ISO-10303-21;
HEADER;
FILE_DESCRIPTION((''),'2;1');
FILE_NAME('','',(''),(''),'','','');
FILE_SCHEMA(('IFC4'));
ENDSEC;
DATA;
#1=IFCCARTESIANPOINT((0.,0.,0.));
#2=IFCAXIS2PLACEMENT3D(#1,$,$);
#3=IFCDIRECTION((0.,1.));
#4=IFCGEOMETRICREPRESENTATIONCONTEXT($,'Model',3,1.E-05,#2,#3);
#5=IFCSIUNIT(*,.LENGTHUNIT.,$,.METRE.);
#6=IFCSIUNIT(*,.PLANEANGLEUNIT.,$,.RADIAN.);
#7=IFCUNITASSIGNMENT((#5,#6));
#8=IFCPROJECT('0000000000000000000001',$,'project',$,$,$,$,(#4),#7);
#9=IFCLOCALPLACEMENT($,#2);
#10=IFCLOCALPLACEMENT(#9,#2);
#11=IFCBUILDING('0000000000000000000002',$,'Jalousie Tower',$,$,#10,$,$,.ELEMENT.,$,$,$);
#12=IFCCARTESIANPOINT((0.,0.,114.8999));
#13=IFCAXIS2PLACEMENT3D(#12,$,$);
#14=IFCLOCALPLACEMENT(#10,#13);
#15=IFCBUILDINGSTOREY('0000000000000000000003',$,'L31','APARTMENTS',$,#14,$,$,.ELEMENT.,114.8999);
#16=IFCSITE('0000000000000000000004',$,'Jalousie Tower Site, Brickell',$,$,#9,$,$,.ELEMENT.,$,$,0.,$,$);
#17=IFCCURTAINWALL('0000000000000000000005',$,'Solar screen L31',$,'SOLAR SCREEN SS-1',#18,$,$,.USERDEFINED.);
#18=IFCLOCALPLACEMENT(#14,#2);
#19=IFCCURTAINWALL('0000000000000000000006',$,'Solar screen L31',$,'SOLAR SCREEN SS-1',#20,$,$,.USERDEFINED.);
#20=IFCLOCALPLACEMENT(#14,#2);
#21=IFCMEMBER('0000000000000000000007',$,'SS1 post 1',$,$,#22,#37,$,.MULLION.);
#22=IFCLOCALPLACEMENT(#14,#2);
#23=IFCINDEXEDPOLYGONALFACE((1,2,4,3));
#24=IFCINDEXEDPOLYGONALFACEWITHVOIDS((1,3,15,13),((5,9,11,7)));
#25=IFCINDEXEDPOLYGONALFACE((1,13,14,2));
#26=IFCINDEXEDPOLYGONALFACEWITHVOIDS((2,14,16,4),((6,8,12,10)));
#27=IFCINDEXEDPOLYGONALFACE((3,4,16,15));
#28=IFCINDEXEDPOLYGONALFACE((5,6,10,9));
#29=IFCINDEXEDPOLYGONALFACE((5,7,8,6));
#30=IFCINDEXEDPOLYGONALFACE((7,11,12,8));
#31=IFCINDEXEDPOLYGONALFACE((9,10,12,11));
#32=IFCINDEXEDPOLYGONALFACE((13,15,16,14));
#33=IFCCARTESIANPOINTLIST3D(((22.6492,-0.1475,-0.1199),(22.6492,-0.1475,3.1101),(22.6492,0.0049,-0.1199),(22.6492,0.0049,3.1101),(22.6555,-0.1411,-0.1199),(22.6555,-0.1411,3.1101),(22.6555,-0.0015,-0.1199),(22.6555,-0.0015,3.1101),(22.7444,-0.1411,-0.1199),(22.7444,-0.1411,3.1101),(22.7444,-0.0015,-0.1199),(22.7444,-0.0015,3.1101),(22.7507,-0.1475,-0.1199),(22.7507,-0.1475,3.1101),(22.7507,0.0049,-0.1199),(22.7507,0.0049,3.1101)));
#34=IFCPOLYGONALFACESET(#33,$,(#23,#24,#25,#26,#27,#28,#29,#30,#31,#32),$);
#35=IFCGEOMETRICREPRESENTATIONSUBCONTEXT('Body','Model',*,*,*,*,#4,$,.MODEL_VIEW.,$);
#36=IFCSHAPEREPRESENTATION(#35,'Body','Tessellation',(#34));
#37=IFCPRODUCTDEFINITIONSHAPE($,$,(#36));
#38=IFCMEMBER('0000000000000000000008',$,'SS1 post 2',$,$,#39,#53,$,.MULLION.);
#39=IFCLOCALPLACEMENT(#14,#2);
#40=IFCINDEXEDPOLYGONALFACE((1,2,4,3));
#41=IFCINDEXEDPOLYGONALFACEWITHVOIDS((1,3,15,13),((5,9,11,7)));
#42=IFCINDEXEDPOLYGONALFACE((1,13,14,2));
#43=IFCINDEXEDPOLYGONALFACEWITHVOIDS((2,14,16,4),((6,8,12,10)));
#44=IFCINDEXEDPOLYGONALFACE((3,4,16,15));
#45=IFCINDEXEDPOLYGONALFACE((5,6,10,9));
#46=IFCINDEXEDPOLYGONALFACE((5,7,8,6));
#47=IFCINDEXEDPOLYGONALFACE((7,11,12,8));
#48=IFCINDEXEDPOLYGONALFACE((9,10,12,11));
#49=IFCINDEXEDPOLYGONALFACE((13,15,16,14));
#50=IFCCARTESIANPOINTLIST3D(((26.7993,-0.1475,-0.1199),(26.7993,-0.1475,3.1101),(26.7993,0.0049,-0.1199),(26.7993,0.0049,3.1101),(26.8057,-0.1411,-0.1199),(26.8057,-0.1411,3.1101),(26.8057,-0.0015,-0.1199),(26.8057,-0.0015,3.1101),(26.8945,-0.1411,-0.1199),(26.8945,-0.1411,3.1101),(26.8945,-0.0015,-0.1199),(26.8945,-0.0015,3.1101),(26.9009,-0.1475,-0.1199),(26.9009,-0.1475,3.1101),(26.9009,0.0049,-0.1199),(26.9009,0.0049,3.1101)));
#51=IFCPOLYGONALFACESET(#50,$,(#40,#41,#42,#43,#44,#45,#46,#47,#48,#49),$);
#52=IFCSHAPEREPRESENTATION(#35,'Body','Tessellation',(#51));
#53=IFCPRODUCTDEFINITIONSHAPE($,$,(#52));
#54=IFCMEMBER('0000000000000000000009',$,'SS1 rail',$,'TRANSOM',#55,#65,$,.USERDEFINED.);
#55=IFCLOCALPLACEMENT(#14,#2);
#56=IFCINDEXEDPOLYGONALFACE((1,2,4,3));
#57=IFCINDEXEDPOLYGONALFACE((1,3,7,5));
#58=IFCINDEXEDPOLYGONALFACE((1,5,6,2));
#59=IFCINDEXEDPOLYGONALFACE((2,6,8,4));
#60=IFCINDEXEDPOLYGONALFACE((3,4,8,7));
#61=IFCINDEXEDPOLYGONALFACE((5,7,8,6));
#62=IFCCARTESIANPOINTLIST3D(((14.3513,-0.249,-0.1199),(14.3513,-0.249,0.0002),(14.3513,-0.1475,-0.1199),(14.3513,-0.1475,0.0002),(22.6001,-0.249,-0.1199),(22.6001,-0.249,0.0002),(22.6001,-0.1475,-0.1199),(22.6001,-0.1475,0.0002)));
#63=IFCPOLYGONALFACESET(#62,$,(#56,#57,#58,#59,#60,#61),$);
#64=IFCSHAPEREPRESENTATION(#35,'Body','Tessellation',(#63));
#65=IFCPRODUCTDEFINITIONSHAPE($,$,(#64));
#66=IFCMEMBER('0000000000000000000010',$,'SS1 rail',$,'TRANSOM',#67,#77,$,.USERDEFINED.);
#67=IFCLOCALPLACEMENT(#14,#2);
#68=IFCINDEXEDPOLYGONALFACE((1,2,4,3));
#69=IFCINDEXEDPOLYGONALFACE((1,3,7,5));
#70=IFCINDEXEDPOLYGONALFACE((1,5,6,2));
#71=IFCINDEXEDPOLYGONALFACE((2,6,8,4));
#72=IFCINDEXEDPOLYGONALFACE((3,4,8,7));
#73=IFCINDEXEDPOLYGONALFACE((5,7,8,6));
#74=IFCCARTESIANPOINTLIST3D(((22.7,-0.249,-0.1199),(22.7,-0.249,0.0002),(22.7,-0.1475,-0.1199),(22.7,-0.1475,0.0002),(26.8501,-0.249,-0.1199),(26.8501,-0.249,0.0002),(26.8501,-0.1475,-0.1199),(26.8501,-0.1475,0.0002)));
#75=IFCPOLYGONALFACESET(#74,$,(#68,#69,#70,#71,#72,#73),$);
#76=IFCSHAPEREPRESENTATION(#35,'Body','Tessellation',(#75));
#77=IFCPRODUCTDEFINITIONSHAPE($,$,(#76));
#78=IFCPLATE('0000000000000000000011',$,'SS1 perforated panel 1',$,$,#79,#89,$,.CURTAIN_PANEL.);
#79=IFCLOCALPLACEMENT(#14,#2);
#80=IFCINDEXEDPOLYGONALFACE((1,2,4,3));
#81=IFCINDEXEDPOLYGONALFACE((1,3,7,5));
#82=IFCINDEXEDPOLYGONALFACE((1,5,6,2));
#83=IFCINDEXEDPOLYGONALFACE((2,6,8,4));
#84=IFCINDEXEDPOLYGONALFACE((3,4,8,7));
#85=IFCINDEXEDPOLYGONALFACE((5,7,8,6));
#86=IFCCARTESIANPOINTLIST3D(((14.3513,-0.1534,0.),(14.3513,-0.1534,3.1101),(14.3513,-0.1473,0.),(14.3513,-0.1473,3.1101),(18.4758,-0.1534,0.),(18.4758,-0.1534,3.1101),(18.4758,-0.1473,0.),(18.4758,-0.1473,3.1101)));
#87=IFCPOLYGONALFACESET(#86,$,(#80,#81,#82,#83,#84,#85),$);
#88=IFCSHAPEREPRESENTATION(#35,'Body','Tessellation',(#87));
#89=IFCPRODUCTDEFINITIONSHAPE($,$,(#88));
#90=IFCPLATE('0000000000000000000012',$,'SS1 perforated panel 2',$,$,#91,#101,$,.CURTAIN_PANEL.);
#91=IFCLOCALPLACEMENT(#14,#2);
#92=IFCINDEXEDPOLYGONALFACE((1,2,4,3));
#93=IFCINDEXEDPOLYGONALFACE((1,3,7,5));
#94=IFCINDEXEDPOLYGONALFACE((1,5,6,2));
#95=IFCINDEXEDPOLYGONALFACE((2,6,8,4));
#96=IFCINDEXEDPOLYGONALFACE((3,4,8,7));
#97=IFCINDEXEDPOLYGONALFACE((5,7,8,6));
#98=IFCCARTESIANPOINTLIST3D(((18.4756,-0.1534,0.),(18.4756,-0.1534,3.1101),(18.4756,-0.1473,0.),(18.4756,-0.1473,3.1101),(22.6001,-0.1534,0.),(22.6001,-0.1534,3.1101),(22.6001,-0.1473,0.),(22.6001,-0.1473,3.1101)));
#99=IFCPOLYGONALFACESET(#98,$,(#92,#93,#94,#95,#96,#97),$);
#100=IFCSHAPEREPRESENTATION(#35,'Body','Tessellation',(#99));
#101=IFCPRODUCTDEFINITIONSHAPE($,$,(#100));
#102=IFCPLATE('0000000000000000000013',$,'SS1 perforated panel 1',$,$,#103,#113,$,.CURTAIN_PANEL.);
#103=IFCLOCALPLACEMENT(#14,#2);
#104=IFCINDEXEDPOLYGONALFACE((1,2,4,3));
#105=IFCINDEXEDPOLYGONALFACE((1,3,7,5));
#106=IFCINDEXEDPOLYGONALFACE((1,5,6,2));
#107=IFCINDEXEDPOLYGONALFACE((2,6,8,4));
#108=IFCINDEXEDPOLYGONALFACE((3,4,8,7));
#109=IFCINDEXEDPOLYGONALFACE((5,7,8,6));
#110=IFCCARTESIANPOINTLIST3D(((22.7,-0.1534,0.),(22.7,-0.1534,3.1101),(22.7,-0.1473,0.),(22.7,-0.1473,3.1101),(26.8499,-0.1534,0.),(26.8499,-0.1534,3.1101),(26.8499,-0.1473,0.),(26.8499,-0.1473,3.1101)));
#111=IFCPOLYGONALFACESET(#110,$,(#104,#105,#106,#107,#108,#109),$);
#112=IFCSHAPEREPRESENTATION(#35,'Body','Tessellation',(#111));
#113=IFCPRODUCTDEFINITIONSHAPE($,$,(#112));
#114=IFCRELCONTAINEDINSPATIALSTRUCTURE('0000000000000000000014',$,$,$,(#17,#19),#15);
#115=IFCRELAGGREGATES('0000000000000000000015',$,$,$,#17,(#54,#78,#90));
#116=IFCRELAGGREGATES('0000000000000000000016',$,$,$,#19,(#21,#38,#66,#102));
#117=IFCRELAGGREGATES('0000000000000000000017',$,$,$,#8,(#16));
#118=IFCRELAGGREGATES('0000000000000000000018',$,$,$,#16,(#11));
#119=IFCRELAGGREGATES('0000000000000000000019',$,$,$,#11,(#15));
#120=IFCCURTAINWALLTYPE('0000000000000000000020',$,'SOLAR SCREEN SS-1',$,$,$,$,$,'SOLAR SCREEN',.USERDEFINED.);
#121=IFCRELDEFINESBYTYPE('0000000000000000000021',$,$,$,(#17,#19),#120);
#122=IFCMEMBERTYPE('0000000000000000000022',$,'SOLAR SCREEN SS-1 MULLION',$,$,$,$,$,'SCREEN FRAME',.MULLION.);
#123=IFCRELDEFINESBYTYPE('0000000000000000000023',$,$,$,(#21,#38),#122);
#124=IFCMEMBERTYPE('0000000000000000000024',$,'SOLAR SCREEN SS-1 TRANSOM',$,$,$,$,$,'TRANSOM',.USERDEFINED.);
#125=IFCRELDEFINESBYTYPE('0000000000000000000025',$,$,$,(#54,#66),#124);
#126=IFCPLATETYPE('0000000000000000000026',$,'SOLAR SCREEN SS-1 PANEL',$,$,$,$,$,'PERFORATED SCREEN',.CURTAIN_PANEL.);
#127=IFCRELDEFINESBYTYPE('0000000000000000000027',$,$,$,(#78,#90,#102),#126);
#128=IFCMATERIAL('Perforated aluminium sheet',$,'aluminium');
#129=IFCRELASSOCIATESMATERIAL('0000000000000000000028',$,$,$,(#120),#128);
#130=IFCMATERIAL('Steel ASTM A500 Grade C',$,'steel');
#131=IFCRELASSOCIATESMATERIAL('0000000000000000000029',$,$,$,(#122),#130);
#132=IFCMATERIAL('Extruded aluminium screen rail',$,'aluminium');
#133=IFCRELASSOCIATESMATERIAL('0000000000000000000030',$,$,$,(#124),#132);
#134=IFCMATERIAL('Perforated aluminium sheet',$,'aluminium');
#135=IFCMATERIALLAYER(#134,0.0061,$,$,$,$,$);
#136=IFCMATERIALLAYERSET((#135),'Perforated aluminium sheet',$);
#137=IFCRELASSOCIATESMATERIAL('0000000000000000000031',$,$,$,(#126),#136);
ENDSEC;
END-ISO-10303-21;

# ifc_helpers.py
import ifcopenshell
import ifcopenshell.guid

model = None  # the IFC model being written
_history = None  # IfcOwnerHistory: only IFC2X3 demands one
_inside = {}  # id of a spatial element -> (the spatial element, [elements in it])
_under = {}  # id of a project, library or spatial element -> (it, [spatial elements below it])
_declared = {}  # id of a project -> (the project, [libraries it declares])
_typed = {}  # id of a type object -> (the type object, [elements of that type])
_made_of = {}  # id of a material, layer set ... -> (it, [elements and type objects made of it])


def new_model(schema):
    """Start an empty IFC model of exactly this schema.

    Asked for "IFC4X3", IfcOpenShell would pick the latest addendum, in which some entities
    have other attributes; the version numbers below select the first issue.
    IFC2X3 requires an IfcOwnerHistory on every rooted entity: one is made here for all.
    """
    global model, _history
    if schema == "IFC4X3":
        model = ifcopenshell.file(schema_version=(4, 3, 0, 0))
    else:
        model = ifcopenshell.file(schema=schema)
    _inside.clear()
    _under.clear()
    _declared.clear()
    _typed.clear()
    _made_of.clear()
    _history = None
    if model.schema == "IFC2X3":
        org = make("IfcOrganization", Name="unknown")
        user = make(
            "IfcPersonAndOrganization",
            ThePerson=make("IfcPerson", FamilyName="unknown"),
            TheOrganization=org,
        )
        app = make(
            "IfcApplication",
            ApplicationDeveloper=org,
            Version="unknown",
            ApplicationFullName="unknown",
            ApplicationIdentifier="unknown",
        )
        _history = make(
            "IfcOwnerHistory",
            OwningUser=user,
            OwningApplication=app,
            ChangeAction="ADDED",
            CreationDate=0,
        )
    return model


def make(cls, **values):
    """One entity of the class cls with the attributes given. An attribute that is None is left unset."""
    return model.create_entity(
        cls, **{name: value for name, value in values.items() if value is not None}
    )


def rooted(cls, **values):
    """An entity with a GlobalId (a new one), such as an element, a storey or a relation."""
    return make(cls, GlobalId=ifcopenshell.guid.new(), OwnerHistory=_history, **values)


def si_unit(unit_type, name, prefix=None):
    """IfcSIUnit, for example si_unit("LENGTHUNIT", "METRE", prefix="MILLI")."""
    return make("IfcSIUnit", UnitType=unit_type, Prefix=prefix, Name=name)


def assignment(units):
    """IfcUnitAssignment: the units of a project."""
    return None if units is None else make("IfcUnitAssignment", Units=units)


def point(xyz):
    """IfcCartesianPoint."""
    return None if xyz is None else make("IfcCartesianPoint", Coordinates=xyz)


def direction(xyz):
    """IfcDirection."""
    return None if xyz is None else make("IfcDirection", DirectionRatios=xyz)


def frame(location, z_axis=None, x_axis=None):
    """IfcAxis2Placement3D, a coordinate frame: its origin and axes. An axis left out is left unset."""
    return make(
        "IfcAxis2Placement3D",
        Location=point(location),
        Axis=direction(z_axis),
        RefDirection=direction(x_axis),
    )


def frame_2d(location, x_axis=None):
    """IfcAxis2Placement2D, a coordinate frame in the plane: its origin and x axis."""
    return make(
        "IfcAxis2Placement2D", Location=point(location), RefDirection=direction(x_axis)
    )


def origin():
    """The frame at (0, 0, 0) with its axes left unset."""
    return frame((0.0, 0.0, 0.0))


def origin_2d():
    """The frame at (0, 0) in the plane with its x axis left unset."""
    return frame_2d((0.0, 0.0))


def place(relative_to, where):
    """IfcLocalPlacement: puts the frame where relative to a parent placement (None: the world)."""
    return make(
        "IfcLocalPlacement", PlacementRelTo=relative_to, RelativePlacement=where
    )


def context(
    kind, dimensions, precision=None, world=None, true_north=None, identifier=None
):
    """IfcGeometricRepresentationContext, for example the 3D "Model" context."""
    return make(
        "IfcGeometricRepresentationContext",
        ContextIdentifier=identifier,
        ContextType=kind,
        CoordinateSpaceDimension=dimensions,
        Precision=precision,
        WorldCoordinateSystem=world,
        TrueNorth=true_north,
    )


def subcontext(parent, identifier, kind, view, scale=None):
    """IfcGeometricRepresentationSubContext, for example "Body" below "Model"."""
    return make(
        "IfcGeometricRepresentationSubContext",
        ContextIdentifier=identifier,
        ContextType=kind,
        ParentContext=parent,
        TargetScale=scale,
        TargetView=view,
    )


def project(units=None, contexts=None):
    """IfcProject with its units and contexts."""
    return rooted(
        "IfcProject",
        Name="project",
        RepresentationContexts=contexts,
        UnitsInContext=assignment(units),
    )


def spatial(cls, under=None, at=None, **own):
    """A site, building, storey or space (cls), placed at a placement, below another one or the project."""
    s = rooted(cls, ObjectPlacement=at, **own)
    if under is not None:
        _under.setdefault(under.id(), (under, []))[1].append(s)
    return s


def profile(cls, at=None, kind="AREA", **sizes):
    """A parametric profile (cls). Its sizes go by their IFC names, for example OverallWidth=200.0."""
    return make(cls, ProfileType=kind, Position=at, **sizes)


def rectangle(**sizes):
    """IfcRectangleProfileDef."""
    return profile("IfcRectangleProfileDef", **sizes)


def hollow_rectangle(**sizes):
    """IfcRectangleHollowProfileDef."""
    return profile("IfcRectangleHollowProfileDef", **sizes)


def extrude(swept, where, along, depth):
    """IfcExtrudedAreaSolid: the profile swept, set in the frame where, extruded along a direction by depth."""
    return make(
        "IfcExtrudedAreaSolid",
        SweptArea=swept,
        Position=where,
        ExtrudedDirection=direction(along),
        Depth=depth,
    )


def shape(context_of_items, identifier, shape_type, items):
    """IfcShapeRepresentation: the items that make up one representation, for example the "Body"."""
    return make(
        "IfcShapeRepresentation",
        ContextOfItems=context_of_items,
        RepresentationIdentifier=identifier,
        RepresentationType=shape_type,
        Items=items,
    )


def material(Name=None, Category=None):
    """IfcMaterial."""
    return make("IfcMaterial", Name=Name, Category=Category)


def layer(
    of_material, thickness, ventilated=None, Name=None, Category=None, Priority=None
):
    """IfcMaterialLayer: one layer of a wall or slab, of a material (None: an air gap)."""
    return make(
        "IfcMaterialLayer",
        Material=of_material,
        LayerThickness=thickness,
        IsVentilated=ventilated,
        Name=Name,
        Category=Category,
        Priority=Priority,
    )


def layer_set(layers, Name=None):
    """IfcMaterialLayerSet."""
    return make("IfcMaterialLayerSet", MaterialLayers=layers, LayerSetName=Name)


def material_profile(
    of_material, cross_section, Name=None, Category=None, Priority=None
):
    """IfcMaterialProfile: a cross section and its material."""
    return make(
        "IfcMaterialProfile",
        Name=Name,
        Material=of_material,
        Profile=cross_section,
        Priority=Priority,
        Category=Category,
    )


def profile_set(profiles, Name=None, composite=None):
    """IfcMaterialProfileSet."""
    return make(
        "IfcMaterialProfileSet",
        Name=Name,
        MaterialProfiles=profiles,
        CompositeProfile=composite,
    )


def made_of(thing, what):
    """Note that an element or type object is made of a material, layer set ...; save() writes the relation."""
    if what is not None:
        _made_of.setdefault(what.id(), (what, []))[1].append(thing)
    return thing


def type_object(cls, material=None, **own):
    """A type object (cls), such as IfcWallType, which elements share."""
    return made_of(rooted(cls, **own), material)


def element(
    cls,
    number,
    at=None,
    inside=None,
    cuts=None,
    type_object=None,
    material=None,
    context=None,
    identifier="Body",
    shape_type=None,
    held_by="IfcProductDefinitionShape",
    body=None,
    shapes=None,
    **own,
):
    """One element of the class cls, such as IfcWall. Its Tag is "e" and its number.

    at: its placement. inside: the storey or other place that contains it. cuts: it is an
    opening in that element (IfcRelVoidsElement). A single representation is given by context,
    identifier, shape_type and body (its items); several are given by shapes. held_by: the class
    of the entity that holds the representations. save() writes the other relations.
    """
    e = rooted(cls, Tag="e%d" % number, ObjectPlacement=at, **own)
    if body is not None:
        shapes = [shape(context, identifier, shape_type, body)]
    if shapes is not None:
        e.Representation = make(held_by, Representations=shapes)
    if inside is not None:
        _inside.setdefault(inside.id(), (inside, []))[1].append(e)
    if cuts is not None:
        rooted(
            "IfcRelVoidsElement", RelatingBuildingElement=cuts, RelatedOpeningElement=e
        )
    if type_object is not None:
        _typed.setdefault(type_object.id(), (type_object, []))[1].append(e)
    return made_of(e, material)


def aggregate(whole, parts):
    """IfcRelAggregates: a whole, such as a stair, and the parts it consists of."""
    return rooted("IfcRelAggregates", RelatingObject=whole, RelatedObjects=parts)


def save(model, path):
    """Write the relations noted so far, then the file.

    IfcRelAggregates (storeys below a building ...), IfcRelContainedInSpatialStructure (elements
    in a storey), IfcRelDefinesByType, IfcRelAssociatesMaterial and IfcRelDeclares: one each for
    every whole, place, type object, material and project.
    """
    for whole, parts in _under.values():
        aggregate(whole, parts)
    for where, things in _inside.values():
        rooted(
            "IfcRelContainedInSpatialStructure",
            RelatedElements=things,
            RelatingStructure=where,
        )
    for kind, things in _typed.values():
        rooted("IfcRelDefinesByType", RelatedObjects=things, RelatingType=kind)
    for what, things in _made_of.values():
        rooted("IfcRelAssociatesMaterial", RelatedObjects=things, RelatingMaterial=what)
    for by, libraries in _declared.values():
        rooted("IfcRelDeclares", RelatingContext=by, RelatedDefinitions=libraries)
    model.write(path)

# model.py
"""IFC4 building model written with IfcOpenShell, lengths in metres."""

from ifc_helpers import new_model, si_unit, direction, frame, origin, origin_2d, place, context, subcontext, project, spatial, rectangle, hollow_rectangle, extrude, material, layer, layer_set, material_profile, profile_set, type_object, element, aggregate, save


model = new_model("IFC4")

# Units and contexts
model_context = context("Model", 3, precision=1e-05, world=origin(), true_north=direction((0.0, 1.0)))
body_context = subcontext(model_context, "Body", "Model", "MODEL_VIEW")
ifc_project = project(units=[si_unit("LENGTHUNIT", "METRE"), si_unit("PLANEANGLEUNIT", "RADIAN")], contexts=[model_context])

# Site, building, storey
site_placement = place(None, origin())
site = spatial("IfcSite", under=ifc_project, at=site_placement, Name="Jalousie Tower Site, Brickell", CompositionType="ELEMENT", RefElevation=0.0)
building_placement = place(site_placement, origin())
building = spatial("IfcBuilding", under=site, at=building_placement, Name="Jalousie Tower", CompositionType="ELEMENT")
storey_placement = place(building_placement, frame((0.0, 0.0, 114.8999)))
storey = spatial("IfcBuildingStorey", under=building, at=storey_placement, Name="L31", Description="APARTMENTS", CompositionType="ELEMENT", Elevation=114.8999)

# Curtain walls, members
ifc_material_1 = material(Name="Perforated aluminium sheet", Category="aluminium")
curtain_wall_type = type_object("IfcCurtainWallType", Name="SOLAR SCREEN SS-1", ElementType="SOLAR SCREEN", PredefinedType="USERDEFINED", material=ifc_material_1)
curtain_wall_1_placement = place(storey_placement, origin())
curtain_wall_1 = element("IfcCurtainWall", 1, at=curtain_wall_1_placement, inside=storey, type_object=curtain_wall_type, Name="Solar screen L31", ObjectType="SOLAR SCREEN SS-1", PredefinedType="USERDEFINED")
ifc_material_2 = material(Name="Steel ASTM A500 Grade C", Category="steel")
ifc_material_profile_1 = material_profile(ifc_material_2, hollow_rectangle(XDim=0.1016, YDim=0.1523, WallThickness=0.0063, at=origin_2d()), Name="HSS6X4X1/4")
ifc_profile_set_1 = profile_set([ifc_material_profile_1], Name="Steel ASTM A500 Grade C")
member_type_1 = type_object("IfcMemberType", Name="SOLAR SCREEN SS-1 MULLION", ElementType="SCREEN FRAME", PredefinedType="MULLION", material=ifc_profile_set_1)
curtain_wall_2_placement = place(storey_placement, origin())
curtain_wall_2 = element("IfcCurtainWall", 2, at=curtain_wall_2_placement, inside=storey, type_object=curtain_wall_type, Name="Solar screen L31", ObjectType="SOLAR SCREEN SS-1", PredefinedType="USERDEFINED")
member_1_placement = place(storey_placement, frame((22.7, -0.0713, -0.1199), z_axis=(0.0, 0.0, 1.0), x_axis=(1.0, 0.0, 0.0)))
member_1 = element("IfcMember", 3, at=member_1_placement, type_object=member_type_1, Name="SS1 post 1", PredefinedType="MULLION", context=body_context, shape_type="SweptSolid", body=[
    extrude(hollow_rectangle(XDim=0.1016, YDim=0.1523, WallThickness=0.0063, at=origin_2d()), origin(), (0.0, 0.0, 1.0), 3.23),
])
member_2_placement = place(storey_placement, frame((26.8501, -0.0713, -0.1199), z_axis=(0.0, 0.0, 1.0), x_axis=(1.0, 0.0, 0.0)))
member_2 = element("IfcMember", 4, at=member_2_placement, type_object=member_type_1, Name="SS1 post 2", PredefinedType="MULLION", context=body_context, shape_type="SweptSolid", body=[
    extrude(hollow_rectangle(XDim=0.1016, YDim=0.1523, WallThickness=0.0063, at=origin_2d()), origin(), (0.0, 0.0, 1.0), 3.23),
])

# Members
ifc_material_3 = material(Name="Extruded aluminium screen rail", Category="aluminium")
ifc_material_profile_2 = material_profile(ifc_material_3, rectangle(XDim=0.1016, YDim=0.1201, at=origin_2d()), Name="RAIL 102x120")
ifc_profile_set_2 = profile_set([ifc_material_profile_2], Name="Extruded aluminium screen rail")
member_type_2 = type_object("IfcMemberType", Name="SOLAR SCREEN SS-1 TRANSOM", ElementType="TRANSOM", PredefinedType="USERDEFINED", material=ifc_profile_set_2)
member_3_placement = place(storey_placement, frame((14.3513, -0.1982, -0.0598), z_axis=(1.0, 0.0, 0.0), x_axis=(0.0, 1.0, 0.0)))
member_3 = element("IfcMember", 5, at=member_3_placement, type_object=member_type_2, Name="SS1 rail", ObjectType="TRANSOM", PredefinedType="USERDEFINED", context=body_context, shape_type="SweptSolid", body=[
    extrude(rectangle(XDim=0.1016, YDim=0.1201, at=origin_2d()), origin(), (0.0, 0.0, 1.0), 8.2488),
])
member_4_placement = place(storey_placement, frame((22.7, -0.1982, -0.0598), z_axis=(1.0, 0.0, 0.0), x_axis=(0.0, 1.0, 0.0)))
member_4 = element("IfcMember", 6, at=member_4_placement, type_object=member_type_2, Name="SS1 rail", ObjectType="TRANSOM", PredefinedType="USERDEFINED", context=body_context, shape_type="SweptSolid", body=[
    extrude(rectangle(XDim=0.1016, YDim=0.1201, at=origin_2d()), origin(), (0.0, 0.0, 1.0), 4.1501),
])

# Plates
ifc_material_4 = material(Name="Perforated aluminium sheet", Category="aluminium")
ifc_layer_1 = layer(ifc_material_4, 0.0061)
ifc_layer_set_1 = layer_set([ifc_layer_1], Name="Perforated aluminium sheet")
plate_type = type_object("IfcPlateType", Name="SOLAR SCREEN SS-1 PANEL", ElementType="PERFORATED SCREEN", PredefinedType="CURTAIN_PANEL", material=ifc_layer_set_1)
plate_1_placement = place(storey_placement, frame((16.4136, -0.1504, 0.0), z_axis=(0.0, 0.0, 1.0), x_axis=(1.0, 0.0, 0.0)))
plate_1 = element("IfcPlate", 7, at=plate_1_placement, type_object=plate_type, Name="SS1 perforated panel 1", PredefinedType="CURTAIN_PANEL", context=body_context, shape_type="SweptSolid", body=[
    extrude(rectangle(XDim=4.1245, YDim=0.0061, at=origin_2d()), origin(), (0.0, 0.0, 1.0), 3.1101),
])
plate_2_placement = place(storey_placement, frame((20.5378, -0.1504, 0.0), z_axis=(0.0, 0.0, 1.0), x_axis=(1.0, 0.0, 0.0)))
plate_2 = element("IfcPlate", 8, at=plate_2_placement, type_object=plate_type, Name="SS1 perforated panel 2", PredefinedType="CURTAIN_PANEL", context=body_context, shape_type="SweptSolid", body=[
    extrude(rectangle(XDim=4.1245, YDim=0.0061, at=origin_2d()), origin(), (0.0, 0.0, 1.0), 3.1101),
])
aggregate(curtain_wall_1, [member_3, plate_1, plate_2])
plate_3_placement = place(storey_placement, frame((24.7749, -0.1504, 0.0), z_axis=(0.0, 0.0, 1.0), x_axis=(1.0, 0.0, 0.0)))
plate_3 = element("IfcPlate", 9, at=plate_3_placement, type_object=plate_type, Name="SS1 perforated panel 1", PredefinedType="CURTAIN_PANEL", context=body_context, shape_type="SweptSolid", body=[
    extrude(rectangle(XDim=4.1499, YDim=0.0061, at=origin_2d()), origin(), (0.0, 0.0, 1.0), 3.1101),
])
aggregate(curtain_wall_2, [member_1, member_2, member_4, plate_3])

save(model, "model.ifc")
